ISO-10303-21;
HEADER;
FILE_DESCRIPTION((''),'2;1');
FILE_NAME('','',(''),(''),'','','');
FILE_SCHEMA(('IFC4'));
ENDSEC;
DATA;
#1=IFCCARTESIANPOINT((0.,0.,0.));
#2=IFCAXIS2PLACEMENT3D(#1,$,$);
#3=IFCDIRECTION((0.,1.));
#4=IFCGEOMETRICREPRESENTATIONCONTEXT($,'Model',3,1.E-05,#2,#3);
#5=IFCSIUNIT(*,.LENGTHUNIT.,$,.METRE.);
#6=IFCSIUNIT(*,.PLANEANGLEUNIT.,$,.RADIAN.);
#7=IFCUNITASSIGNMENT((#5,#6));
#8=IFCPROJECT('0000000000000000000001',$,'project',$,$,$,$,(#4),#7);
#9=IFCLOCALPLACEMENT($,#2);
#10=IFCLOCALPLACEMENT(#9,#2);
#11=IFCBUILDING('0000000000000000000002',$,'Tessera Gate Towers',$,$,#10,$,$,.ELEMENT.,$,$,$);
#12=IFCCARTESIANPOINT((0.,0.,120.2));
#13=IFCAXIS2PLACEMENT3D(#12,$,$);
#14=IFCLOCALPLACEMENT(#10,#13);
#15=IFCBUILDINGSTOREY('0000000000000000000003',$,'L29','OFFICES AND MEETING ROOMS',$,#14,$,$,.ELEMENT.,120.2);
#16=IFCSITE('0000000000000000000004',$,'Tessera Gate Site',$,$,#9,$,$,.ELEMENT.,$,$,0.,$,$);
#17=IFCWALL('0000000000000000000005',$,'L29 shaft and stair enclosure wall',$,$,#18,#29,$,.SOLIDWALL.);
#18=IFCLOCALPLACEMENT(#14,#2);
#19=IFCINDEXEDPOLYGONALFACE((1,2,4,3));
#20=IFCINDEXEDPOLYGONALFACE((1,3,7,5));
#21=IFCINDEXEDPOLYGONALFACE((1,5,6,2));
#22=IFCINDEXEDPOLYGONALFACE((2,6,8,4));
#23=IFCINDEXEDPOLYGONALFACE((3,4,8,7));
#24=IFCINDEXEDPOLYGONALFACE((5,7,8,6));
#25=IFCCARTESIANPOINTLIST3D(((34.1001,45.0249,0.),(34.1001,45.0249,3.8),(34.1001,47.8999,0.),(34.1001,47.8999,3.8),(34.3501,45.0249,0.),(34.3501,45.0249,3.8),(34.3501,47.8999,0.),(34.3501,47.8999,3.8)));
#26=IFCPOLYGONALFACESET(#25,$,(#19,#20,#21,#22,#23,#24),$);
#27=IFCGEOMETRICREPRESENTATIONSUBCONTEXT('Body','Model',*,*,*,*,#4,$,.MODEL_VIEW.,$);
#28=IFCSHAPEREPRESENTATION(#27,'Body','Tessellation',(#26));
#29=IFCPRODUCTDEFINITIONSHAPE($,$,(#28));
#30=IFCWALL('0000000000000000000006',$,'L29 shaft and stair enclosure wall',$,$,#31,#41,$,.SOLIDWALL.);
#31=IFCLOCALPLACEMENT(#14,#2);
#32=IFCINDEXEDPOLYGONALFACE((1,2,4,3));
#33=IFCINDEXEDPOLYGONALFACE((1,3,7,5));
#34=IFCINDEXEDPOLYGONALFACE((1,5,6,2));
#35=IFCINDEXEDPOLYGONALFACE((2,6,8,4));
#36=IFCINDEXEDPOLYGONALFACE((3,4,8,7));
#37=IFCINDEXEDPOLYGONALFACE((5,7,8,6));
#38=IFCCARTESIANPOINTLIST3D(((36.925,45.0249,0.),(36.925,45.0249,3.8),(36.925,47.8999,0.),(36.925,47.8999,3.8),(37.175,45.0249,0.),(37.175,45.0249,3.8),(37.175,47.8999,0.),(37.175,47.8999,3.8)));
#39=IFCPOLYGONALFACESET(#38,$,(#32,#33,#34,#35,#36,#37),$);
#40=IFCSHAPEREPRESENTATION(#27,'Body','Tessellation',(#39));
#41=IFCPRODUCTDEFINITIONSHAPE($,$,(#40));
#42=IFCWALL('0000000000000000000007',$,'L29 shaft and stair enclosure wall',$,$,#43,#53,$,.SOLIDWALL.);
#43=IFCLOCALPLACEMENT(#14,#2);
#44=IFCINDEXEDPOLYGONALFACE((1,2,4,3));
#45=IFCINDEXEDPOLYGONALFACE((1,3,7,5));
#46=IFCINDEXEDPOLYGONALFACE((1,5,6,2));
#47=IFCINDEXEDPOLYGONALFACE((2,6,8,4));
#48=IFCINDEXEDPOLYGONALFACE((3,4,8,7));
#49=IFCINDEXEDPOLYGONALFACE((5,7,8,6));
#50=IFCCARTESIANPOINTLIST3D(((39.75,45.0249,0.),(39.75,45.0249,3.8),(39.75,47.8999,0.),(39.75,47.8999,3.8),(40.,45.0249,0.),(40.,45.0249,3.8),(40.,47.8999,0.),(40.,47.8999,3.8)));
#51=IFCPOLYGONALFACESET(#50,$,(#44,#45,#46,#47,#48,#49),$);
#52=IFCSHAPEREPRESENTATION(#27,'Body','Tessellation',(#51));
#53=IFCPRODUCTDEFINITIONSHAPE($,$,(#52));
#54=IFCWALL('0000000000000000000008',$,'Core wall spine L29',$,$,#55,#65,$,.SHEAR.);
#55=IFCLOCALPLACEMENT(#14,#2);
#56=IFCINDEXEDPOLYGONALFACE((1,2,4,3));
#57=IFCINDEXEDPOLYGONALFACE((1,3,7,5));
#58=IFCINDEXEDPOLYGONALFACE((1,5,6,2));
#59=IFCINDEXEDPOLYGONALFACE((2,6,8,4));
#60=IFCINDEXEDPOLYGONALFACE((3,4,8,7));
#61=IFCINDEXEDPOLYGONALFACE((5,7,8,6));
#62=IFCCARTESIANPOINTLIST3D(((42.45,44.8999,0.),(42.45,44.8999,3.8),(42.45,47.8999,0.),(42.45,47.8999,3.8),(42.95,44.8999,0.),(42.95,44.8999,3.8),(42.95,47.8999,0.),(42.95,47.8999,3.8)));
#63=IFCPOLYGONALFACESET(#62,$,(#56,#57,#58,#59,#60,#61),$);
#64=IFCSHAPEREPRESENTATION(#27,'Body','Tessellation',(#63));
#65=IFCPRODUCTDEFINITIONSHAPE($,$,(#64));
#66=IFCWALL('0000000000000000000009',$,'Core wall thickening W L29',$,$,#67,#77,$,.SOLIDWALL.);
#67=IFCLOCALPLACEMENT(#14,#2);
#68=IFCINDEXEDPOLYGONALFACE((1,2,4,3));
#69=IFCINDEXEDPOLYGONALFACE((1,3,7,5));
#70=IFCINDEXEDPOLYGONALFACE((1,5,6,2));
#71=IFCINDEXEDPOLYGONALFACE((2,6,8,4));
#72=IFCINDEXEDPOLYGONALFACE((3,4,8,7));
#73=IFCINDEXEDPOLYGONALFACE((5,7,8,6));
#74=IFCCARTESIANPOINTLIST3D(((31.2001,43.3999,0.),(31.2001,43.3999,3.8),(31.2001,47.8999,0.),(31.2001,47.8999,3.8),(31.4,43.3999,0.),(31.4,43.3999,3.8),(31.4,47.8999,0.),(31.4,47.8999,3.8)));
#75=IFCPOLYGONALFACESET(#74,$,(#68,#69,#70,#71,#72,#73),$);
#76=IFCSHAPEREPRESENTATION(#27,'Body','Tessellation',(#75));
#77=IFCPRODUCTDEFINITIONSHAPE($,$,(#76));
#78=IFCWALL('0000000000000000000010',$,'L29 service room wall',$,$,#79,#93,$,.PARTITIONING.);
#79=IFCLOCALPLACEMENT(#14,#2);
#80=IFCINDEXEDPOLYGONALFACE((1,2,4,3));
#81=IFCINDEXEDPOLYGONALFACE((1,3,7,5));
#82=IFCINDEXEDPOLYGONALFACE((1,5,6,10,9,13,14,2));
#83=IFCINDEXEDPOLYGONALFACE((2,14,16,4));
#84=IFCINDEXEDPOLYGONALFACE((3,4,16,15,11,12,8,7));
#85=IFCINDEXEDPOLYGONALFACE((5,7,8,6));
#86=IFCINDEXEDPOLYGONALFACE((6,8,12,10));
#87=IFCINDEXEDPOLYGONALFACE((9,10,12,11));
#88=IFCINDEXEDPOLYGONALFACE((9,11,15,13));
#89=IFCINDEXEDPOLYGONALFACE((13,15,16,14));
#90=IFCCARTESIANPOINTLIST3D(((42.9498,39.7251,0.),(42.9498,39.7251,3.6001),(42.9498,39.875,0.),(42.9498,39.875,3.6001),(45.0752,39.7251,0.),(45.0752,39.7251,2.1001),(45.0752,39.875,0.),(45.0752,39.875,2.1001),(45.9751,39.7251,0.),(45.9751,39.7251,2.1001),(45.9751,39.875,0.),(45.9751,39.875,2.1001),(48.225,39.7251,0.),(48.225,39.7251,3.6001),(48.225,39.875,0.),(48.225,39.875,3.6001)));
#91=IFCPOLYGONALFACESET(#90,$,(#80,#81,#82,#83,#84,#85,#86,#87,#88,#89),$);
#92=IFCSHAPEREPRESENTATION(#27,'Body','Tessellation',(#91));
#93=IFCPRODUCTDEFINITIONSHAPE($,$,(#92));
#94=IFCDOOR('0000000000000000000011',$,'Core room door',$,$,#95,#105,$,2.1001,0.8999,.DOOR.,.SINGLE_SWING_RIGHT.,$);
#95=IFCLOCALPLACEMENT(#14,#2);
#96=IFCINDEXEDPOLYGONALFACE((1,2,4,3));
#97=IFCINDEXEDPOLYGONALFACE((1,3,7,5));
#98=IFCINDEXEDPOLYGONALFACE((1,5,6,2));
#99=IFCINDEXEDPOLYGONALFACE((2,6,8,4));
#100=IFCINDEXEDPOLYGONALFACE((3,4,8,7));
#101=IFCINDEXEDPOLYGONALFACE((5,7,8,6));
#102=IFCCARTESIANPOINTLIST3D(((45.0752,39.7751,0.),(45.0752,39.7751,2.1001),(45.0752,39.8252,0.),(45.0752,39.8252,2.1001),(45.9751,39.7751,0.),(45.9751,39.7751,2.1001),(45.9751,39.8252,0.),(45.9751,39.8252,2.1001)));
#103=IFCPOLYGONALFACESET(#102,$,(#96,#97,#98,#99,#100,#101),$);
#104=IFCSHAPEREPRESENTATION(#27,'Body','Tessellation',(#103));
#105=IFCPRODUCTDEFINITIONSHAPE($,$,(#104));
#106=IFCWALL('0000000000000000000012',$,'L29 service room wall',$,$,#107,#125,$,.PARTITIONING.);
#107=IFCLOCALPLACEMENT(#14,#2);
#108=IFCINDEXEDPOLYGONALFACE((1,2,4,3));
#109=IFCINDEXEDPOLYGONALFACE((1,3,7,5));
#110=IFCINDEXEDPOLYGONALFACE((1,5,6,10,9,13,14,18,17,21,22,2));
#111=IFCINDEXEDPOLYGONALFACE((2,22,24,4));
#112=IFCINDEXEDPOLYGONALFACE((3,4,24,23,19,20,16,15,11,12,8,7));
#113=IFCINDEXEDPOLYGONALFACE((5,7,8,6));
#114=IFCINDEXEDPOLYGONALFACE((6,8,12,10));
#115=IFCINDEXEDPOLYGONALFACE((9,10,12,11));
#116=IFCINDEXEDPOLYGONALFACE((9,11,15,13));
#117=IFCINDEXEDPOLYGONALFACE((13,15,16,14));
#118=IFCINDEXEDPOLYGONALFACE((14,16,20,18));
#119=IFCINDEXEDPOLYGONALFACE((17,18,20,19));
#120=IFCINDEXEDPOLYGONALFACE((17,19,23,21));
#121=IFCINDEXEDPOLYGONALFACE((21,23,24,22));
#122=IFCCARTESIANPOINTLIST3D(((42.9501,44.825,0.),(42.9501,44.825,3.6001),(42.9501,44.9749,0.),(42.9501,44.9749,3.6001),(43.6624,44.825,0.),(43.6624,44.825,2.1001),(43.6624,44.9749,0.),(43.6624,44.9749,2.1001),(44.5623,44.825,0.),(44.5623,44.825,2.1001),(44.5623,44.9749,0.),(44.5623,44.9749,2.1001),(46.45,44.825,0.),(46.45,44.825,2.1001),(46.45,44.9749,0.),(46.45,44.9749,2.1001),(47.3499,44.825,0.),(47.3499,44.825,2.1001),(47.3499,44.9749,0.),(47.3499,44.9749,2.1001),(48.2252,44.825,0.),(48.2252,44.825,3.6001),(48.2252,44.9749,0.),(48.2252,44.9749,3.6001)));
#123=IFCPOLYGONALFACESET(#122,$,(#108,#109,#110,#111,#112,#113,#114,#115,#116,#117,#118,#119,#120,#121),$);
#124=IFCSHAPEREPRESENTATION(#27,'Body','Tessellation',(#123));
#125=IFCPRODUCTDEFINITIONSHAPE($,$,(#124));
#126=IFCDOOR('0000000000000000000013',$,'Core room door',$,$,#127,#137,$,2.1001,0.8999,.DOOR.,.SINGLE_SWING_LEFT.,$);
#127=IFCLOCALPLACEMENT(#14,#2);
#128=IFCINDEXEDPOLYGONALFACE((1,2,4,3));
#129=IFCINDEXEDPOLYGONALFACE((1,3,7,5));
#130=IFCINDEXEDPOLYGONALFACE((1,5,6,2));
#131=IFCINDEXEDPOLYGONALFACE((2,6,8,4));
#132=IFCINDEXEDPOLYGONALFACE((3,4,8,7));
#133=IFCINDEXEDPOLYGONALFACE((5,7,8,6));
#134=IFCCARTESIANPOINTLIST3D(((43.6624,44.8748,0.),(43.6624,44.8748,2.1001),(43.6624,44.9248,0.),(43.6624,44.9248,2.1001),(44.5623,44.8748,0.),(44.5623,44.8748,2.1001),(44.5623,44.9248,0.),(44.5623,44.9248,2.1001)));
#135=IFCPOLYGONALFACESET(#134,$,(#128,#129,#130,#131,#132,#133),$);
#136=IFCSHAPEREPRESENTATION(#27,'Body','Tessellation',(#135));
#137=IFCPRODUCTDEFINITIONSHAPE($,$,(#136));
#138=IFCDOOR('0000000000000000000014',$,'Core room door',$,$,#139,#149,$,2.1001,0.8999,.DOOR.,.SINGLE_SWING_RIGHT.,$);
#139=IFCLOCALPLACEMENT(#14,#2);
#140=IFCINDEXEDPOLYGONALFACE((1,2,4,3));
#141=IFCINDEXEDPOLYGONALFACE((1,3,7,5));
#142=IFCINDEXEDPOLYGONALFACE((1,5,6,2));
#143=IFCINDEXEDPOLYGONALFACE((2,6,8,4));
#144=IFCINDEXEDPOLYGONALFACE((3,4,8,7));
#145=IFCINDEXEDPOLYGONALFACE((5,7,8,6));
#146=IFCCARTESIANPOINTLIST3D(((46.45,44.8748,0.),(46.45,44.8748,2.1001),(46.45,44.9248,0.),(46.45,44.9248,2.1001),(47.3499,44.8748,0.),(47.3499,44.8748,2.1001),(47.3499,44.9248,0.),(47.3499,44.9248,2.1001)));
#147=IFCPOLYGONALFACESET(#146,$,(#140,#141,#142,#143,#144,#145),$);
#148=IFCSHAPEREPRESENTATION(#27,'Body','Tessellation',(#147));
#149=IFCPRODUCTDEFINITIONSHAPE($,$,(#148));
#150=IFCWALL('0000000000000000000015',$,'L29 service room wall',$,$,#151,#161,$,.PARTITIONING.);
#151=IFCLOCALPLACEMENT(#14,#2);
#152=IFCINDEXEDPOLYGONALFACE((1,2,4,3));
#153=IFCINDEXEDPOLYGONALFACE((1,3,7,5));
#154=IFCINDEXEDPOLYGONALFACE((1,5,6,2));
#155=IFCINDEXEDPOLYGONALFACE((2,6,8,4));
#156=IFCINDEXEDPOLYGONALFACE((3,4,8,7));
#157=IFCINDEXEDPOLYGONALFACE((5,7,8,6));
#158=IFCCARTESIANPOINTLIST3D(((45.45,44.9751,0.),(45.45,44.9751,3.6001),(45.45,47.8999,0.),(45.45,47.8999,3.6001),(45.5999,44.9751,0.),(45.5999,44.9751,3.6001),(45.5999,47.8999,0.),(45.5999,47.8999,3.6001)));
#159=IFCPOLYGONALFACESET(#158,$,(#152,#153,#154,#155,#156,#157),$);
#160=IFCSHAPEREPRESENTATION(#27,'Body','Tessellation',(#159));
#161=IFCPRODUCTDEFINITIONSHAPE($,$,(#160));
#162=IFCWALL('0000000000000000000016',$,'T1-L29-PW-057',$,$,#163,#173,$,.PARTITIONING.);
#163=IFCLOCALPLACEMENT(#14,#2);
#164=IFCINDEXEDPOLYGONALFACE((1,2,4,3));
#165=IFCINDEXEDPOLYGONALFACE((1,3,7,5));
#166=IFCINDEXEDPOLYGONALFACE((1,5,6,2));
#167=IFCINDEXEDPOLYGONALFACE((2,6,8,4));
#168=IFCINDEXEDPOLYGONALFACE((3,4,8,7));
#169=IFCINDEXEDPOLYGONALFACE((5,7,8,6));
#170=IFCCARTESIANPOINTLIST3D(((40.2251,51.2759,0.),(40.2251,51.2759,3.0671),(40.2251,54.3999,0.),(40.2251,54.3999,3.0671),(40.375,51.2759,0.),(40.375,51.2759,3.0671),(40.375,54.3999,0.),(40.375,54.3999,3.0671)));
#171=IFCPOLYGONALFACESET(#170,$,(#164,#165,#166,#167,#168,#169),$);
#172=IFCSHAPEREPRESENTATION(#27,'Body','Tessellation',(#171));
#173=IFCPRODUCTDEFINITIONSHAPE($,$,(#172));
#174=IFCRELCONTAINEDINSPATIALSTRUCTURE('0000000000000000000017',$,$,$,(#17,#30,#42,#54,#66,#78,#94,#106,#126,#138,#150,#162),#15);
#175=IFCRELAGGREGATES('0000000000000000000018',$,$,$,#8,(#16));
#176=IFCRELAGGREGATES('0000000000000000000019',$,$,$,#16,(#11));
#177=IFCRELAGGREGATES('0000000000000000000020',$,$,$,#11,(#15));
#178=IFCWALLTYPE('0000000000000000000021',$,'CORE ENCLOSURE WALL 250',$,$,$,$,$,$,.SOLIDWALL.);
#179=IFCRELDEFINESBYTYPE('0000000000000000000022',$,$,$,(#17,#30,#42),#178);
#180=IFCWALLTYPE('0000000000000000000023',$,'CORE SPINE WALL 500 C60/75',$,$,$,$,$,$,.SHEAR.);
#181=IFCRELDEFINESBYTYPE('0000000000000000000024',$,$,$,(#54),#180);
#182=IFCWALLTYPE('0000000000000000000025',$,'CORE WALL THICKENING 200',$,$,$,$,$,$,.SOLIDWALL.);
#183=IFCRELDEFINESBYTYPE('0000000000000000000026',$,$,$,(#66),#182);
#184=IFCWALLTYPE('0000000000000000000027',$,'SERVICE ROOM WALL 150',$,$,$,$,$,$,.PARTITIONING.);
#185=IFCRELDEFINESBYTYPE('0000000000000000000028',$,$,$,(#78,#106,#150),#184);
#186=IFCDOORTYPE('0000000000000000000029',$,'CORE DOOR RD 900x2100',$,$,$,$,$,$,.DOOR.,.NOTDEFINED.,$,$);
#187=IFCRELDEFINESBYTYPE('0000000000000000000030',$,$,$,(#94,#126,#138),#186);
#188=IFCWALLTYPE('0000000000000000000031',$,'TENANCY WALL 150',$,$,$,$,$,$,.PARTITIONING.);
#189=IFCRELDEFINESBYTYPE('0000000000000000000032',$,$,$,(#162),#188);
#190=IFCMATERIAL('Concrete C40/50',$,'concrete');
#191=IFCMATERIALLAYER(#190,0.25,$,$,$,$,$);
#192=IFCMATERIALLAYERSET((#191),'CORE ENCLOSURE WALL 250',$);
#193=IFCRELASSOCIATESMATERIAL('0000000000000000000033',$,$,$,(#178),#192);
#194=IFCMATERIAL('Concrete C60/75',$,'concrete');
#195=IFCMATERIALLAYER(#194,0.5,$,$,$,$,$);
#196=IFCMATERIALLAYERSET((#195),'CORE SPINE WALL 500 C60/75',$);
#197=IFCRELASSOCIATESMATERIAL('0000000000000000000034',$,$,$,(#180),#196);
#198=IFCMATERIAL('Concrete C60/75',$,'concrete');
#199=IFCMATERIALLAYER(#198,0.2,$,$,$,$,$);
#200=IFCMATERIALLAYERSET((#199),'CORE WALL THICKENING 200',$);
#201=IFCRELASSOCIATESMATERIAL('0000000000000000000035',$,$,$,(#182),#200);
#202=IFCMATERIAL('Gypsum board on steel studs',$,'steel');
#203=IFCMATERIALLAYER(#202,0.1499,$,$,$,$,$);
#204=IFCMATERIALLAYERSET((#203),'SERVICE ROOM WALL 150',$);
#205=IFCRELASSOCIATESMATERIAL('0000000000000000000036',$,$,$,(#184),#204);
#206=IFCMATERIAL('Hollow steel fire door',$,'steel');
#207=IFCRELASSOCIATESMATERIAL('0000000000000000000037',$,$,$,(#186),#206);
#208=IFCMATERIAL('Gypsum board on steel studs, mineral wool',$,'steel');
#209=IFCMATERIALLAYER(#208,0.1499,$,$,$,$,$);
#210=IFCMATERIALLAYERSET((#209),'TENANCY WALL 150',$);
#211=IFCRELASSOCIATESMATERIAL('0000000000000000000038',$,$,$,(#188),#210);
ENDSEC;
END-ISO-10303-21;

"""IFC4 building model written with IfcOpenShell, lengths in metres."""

from ifc_helpers import new_model, si_unit, direction, frame, frame_2d, origin, place, context, subcontext, project, spatial, rectangle, extrude, source, transform, mapped, material, layer, layer_set, type_object, element, fill, save


model = new_model("IFC4")

# Units and contexts
model_context = context("Model", 3, precision=1e-05, world=origin(), true_north=direction((0.0, 1.0)))
body_context = subcontext(model_context, "Body", "Model", "MODEL_VIEW")
ifc_project = project(units=[si_unit("LENGTHUNIT", "METRE"), si_unit("PLANEANGLEUNIT", "RADIAN")], contexts=[model_context])

# Site, building, storey
site_placement = place(None, origin())
site = spatial("IfcSite", under=ifc_project, at=site_placement, Name="Tessera Gate Site", CompositionType="ELEMENT", RefElevation=0.0)
building_placement = place(site_placement, origin())
building = spatial("IfcBuilding", under=site, at=building_placement, Name="Tessera Gate Towers", CompositionType="ELEMENT")
storey_placement = place(building_placement, frame((0.0, 0.0, 120.2)))
storey = spatial("IfcBuildingStorey", under=building, at=storey_placement, Name="L29", Description="OFFICES AND MEETING ROOMS", CompositionType="ELEMENT", Elevation=120.2)

# Shared definitions
ifc_material_1 = material(Name="Concrete C40/50", Category="concrete")
ifc_layer_1 = layer(ifc_material_1, 0.25)
ifc_layer_set_1 = layer_set([ifc_layer_1], Name="CORE ENCLOSURE WALL 250")
wall_type_1 = type_object("IfcWallType", Name="CORE ENCLOSURE WALL 250", PredefinedType="SOLIDWALL", material=ifc_layer_set_1)

# Walls
for number, where, z_axis, x_axis, name in (
    (1, (34.2251, 45.0249, 0.0), (0.0, 0.0, 1.0), (0.0, 1.0, 0.0), "L29 shaft and stair enclosure wall"),
    (2, (37.05, 45.0249, 0.0), (0.0, 0.0, 1.0), (0.0, 1.0, 0.0), "L29 shaft and stair enclosure wall"),
    (3, (39.875, 45.0249, 0.0), (0.0, 0.0, 1.0), (0.0, 1.0, 0.0), "L29 shaft and stair enclosure wall"),
):
    element("IfcWall", number, at=place(storey_placement, frame(where, z_axis=z_axis, x_axis=x_axis)), inside=storey, type_object=wall_type_1, Name=name, PredefinedType="SOLIDWALL", context=body_context, shape_type="SweptSolid", body=[
        extrude(rectangle(XDim=2.875, YDim=0.25, at=frame_2d((1.4375, 0.0))), origin(), (0.0, 0.0, 1.0), 3.8),
    ])
ifc_material_2 = material(Name="Concrete C60/75", Category="concrete")
ifc_layer_2 = layer(ifc_material_2, 0.5)
ifc_layer_set_2 = layer_set([ifc_layer_2], Name="CORE SPINE WALL 500 C60/75")
wall_type_2 = type_object("IfcWallType", Name="CORE SPINE WALL 500 C60/75", PredefinedType="SHEAR", material=ifc_layer_set_2)
wall_1_placement = place(storey_placement, frame((42.7, 44.8999, 0.0), z_axis=(0.0, 0.0, 1.0), x_axis=(0.0, 1.0, 0.0)))
element("IfcWall", 4, at=wall_1_placement, inside=storey, type_object=wall_type_2, Name="Core wall spine L29", PredefinedType="SHEAR", context=body_context, shape_type="SweptSolid", body=[
    extrude(rectangle(XDim=3.0, YDim=0.5, at=frame_2d((1.5, 0.0))), origin(), (0.0, 0.0, 1.0), 3.8),
])
ifc_material_3 = material(Name="Concrete C60/75", Category="concrete")
ifc_layer_3 = layer(ifc_material_3, 0.2)
ifc_layer_set_3 = layer_set([ifc_layer_3], Name="CORE WALL THICKENING 200")
wall_type_3 = type_object("IfcWallType", Name="CORE WALL THICKENING 200", PredefinedType="SOLIDWALL", material=ifc_layer_set_3)
wall_2_placement = place(storey_placement, frame((31.3, 43.3999, 0.0), z_axis=(0.0, 0.0, 1.0), x_axis=(0.0, 1.0, 0.0)))
element("IfcWall", 5, at=wall_2_placement, inside=storey, type_object=wall_type_3, Name="Core wall thickening W L29", PredefinedType="SOLIDWALL", context=body_context, shape_type="SweptSolid", body=[
    extrude(rectangle(XDim=4.5, YDim=0.2, at=frame_2d((2.25, 0.0))), origin(), (0.0, 0.0, 1.0), 3.8),
])

# Wall, opening, door
ifc_material_4 = material(Name="Gypsum board on steel studs", Category="steel")
ifc_layer_4 = layer(ifc_material_4, 0.1499)
ifc_layer_set_4 = layer_set([ifc_layer_4], Name="SERVICE ROOM WALL 150")
wall_type_4 = type_object("IfcWallType", Name="SERVICE ROOM WALL 150", PredefinedType="PARTITIONING", material=ifc_layer_set_4)
wall_3_placement = place(storey_placement, frame((48.2251, 39.8, 0.0), z_axis=(0.0, 0.0, 1.0), x_axis=(-1.0, 0.0, 0.0)))
wall_3 = element("IfcWall", 6, at=wall_3_placement, inside=storey, type_object=wall_type_4, Name="L29 service room wall", PredefinedType="PARTITIONING", context=body_context, shape_type="SweptSolid", body=[
    extrude(rectangle(XDim=5.2751, YDim=0.1499, at=frame_2d((2.6377, 0.0))), origin(), (0.0, 0.0, 1.0), 3.6001),
])
shared_shape_1 = source(origin(), body_context, "Body", "SweptSolid", [
    extrude(rectangle(XDim=0.8999, YDim=2.1001, at=frame_2d((0.45, 1.05))), frame((0.0, 0.085, 0.0), z_axis=(0.0, -1.0, 0.0), x_axis=(1.0, 0.0, 0.0)), (0.0, 0.0, 1.0), 0.1699),
])
opening_1_placement = place(wall_3_placement, frame((2.25, 0.0, 0.0)))
opening_1 = element("IfcOpeningElement", 7, at=opening_1_placement, cuts=wall_3, PredefinedType="OPENING", context=body_context, shape_type="MappedRepresentation", body=[
    mapped(shared_shape_1, transform((0.0, 0.0, 0.0), scale=1.0)),
])
ifc_material_5 = material(Name="Hollow steel fire door", Category="steel")
door_type_1 = type_object("IfcDoorType", Name="CORE DOOR RD 900x2100", OperationType="NOTDEFINED", PredefinedType="DOOR", material=ifc_material_5)
shared_shape_2 = source(origin(), body_context, "Body", "SweptSolid", [
    extrude(rectangle(XDim=0.8999, YDim=2.1001, at=frame_2d((0.45, 1.05))), frame((0.0, 0.0249, 0.0), z_axis=(0.0, -1.0, 0.0), x_axis=(1.0, 0.0, 0.0)), (0.0, 0.0, 1.0), 0.05),
])
door_1_placement = place(opening_1_placement, origin())
door_1 = element("IfcDoor", 8, at=door_1_placement, inside=storey, type_object=door_type_1, Name="Core room door", OperationType="SINGLE_SWING_RIGHT", OverallHeight=2.1001, OverallWidth=0.8999, PredefinedType="DOOR", context=body_context, shape_type="MappedRepresentation", body=[
    mapped(shared_shape_2, transform((0.0, 0.0, 0.0), scale=1.0)),
])
fill(opening_1, door_1)

# Wall, openings, doors
wall_4_placement = place(storey_placement, frame((42.95, 44.8999, 0.0), z_axis=(0.0, 0.0, 1.0), x_axis=(1.0, 0.0, 0.0)))
wall_4 = element("IfcWall", 9, at=wall_4_placement, inside=storey, type_object=wall_type_4, Name="L29 service room wall", PredefinedType="PARTITIONING", context=body_context, shape_type="SweptSolid", body=[
    extrude(rectangle(XDim=5.2751, YDim=0.1499, at=frame_2d((2.6377, 0.0))), origin(), (0.0, 0.0, 1.0), 3.6001),
])
opening_2_placement = place(wall_4_placement, frame((0.7124, 0.0, 0.0)))
opening_2 = element("IfcOpeningElement", 10, at=opening_2_placement, cuts=wall_4, PredefinedType="OPENING", context=body_context, shape_type="MappedRepresentation", body=[
    mapped(shared_shape_1, transform((0.0, 0.0, 0.0), scale=1.0)),
])
opening_3_placement = place(wall_4_placement, frame((3.5, 0.0, 0.0)))
opening_3 = element("IfcOpeningElement", 11, at=opening_3_placement, cuts=wall_4, PredefinedType="OPENING", context=body_context, shape_type="MappedRepresentation", body=[
    mapped(shared_shape_1, transform((0.0, 0.0, 0.0), scale=1.0)),
])
door_2_placement = place(opening_2_placement, origin())
door_2 = element("IfcDoor", 12, at=door_2_placement, inside=storey, type_object=door_type_1, Name="Core room door", OperationType="SINGLE_SWING_LEFT", OverallHeight=2.1001, OverallWidth=0.8999, PredefinedType="DOOR", context=body_context, shape_type="MappedRepresentation", body=[
    mapped(shared_shape_2, transform((0.0, 0.0, 0.0), scale=1.0)),
])
fill(opening_2, door_2)
door_3_placement = place(opening_3_placement, origin())
door_3 = element("IfcDoor", 13, at=door_3_placement, inside=storey, type_object=door_type_1, Name="Core room door", OperationType="SINGLE_SWING_RIGHT", OverallHeight=2.1001, OverallWidth=0.8999, PredefinedType="DOOR", context=body_context, shape_type="MappedRepresentation", body=[
    mapped(shared_shape_2, transform((0.0, 0.0, 0.0), scale=1.0)),
])
fill(opening_3, door_3)

# Walls
wall_5_placement = place(storey_placement, frame((45.5249, 44.9751, 0.0), z_axis=(0.0, 0.0, 1.0), x_axis=(0.0, 1.0, 0.0)))
element("IfcWall", 14, at=wall_5_placement, inside=storey, type_object=wall_type_4, Name="L29 service room wall", PredefinedType="PARTITIONING", context=body_context, shape_type="SweptSolid", body=[
    extrude(rectangle(XDim=2.9248, YDim=0.1499, at=frame_2d((1.4624, 0.0))), origin(), (0.0, 0.0, 1.0), 3.6001),
])
ifc_material_6 = material(Name="Gypsum board on steel studs, mineral wool", Category="steel")
ifc_layer_5 = layer(ifc_material_6, 0.1499)
ifc_layer_set_5 = layer_set([ifc_layer_5], Name="TENANCY WALL 150")
wall_type_5 = type_object("IfcWallType", Name="TENANCY WALL 150", PredefinedType="PARTITIONING", material=ifc_layer_set_5)
wall_6_placement = place(storey_placement, frame((40.3, 51.2759, 0.0), z_axis=(0.0, 0.0, 1.0), x_axis=(0.0, 1.0, 0.0)))
element("IfcWall", 15, at=wall_6_placement, inside=storey, type_object=wall_type_5, Name="T1-L29-PW-057", PredefinedType="PARTITIONING", context=body_context, shape_type="SweptSolid", body=[
    extrude(rectangle(XDim=3.124, YDim=0.1499, at=frame_2d((1.562, 0.0))), origin(), (0.0, 0.0, 1.0), 3.0671),
])

save(model, "model.ifc")
